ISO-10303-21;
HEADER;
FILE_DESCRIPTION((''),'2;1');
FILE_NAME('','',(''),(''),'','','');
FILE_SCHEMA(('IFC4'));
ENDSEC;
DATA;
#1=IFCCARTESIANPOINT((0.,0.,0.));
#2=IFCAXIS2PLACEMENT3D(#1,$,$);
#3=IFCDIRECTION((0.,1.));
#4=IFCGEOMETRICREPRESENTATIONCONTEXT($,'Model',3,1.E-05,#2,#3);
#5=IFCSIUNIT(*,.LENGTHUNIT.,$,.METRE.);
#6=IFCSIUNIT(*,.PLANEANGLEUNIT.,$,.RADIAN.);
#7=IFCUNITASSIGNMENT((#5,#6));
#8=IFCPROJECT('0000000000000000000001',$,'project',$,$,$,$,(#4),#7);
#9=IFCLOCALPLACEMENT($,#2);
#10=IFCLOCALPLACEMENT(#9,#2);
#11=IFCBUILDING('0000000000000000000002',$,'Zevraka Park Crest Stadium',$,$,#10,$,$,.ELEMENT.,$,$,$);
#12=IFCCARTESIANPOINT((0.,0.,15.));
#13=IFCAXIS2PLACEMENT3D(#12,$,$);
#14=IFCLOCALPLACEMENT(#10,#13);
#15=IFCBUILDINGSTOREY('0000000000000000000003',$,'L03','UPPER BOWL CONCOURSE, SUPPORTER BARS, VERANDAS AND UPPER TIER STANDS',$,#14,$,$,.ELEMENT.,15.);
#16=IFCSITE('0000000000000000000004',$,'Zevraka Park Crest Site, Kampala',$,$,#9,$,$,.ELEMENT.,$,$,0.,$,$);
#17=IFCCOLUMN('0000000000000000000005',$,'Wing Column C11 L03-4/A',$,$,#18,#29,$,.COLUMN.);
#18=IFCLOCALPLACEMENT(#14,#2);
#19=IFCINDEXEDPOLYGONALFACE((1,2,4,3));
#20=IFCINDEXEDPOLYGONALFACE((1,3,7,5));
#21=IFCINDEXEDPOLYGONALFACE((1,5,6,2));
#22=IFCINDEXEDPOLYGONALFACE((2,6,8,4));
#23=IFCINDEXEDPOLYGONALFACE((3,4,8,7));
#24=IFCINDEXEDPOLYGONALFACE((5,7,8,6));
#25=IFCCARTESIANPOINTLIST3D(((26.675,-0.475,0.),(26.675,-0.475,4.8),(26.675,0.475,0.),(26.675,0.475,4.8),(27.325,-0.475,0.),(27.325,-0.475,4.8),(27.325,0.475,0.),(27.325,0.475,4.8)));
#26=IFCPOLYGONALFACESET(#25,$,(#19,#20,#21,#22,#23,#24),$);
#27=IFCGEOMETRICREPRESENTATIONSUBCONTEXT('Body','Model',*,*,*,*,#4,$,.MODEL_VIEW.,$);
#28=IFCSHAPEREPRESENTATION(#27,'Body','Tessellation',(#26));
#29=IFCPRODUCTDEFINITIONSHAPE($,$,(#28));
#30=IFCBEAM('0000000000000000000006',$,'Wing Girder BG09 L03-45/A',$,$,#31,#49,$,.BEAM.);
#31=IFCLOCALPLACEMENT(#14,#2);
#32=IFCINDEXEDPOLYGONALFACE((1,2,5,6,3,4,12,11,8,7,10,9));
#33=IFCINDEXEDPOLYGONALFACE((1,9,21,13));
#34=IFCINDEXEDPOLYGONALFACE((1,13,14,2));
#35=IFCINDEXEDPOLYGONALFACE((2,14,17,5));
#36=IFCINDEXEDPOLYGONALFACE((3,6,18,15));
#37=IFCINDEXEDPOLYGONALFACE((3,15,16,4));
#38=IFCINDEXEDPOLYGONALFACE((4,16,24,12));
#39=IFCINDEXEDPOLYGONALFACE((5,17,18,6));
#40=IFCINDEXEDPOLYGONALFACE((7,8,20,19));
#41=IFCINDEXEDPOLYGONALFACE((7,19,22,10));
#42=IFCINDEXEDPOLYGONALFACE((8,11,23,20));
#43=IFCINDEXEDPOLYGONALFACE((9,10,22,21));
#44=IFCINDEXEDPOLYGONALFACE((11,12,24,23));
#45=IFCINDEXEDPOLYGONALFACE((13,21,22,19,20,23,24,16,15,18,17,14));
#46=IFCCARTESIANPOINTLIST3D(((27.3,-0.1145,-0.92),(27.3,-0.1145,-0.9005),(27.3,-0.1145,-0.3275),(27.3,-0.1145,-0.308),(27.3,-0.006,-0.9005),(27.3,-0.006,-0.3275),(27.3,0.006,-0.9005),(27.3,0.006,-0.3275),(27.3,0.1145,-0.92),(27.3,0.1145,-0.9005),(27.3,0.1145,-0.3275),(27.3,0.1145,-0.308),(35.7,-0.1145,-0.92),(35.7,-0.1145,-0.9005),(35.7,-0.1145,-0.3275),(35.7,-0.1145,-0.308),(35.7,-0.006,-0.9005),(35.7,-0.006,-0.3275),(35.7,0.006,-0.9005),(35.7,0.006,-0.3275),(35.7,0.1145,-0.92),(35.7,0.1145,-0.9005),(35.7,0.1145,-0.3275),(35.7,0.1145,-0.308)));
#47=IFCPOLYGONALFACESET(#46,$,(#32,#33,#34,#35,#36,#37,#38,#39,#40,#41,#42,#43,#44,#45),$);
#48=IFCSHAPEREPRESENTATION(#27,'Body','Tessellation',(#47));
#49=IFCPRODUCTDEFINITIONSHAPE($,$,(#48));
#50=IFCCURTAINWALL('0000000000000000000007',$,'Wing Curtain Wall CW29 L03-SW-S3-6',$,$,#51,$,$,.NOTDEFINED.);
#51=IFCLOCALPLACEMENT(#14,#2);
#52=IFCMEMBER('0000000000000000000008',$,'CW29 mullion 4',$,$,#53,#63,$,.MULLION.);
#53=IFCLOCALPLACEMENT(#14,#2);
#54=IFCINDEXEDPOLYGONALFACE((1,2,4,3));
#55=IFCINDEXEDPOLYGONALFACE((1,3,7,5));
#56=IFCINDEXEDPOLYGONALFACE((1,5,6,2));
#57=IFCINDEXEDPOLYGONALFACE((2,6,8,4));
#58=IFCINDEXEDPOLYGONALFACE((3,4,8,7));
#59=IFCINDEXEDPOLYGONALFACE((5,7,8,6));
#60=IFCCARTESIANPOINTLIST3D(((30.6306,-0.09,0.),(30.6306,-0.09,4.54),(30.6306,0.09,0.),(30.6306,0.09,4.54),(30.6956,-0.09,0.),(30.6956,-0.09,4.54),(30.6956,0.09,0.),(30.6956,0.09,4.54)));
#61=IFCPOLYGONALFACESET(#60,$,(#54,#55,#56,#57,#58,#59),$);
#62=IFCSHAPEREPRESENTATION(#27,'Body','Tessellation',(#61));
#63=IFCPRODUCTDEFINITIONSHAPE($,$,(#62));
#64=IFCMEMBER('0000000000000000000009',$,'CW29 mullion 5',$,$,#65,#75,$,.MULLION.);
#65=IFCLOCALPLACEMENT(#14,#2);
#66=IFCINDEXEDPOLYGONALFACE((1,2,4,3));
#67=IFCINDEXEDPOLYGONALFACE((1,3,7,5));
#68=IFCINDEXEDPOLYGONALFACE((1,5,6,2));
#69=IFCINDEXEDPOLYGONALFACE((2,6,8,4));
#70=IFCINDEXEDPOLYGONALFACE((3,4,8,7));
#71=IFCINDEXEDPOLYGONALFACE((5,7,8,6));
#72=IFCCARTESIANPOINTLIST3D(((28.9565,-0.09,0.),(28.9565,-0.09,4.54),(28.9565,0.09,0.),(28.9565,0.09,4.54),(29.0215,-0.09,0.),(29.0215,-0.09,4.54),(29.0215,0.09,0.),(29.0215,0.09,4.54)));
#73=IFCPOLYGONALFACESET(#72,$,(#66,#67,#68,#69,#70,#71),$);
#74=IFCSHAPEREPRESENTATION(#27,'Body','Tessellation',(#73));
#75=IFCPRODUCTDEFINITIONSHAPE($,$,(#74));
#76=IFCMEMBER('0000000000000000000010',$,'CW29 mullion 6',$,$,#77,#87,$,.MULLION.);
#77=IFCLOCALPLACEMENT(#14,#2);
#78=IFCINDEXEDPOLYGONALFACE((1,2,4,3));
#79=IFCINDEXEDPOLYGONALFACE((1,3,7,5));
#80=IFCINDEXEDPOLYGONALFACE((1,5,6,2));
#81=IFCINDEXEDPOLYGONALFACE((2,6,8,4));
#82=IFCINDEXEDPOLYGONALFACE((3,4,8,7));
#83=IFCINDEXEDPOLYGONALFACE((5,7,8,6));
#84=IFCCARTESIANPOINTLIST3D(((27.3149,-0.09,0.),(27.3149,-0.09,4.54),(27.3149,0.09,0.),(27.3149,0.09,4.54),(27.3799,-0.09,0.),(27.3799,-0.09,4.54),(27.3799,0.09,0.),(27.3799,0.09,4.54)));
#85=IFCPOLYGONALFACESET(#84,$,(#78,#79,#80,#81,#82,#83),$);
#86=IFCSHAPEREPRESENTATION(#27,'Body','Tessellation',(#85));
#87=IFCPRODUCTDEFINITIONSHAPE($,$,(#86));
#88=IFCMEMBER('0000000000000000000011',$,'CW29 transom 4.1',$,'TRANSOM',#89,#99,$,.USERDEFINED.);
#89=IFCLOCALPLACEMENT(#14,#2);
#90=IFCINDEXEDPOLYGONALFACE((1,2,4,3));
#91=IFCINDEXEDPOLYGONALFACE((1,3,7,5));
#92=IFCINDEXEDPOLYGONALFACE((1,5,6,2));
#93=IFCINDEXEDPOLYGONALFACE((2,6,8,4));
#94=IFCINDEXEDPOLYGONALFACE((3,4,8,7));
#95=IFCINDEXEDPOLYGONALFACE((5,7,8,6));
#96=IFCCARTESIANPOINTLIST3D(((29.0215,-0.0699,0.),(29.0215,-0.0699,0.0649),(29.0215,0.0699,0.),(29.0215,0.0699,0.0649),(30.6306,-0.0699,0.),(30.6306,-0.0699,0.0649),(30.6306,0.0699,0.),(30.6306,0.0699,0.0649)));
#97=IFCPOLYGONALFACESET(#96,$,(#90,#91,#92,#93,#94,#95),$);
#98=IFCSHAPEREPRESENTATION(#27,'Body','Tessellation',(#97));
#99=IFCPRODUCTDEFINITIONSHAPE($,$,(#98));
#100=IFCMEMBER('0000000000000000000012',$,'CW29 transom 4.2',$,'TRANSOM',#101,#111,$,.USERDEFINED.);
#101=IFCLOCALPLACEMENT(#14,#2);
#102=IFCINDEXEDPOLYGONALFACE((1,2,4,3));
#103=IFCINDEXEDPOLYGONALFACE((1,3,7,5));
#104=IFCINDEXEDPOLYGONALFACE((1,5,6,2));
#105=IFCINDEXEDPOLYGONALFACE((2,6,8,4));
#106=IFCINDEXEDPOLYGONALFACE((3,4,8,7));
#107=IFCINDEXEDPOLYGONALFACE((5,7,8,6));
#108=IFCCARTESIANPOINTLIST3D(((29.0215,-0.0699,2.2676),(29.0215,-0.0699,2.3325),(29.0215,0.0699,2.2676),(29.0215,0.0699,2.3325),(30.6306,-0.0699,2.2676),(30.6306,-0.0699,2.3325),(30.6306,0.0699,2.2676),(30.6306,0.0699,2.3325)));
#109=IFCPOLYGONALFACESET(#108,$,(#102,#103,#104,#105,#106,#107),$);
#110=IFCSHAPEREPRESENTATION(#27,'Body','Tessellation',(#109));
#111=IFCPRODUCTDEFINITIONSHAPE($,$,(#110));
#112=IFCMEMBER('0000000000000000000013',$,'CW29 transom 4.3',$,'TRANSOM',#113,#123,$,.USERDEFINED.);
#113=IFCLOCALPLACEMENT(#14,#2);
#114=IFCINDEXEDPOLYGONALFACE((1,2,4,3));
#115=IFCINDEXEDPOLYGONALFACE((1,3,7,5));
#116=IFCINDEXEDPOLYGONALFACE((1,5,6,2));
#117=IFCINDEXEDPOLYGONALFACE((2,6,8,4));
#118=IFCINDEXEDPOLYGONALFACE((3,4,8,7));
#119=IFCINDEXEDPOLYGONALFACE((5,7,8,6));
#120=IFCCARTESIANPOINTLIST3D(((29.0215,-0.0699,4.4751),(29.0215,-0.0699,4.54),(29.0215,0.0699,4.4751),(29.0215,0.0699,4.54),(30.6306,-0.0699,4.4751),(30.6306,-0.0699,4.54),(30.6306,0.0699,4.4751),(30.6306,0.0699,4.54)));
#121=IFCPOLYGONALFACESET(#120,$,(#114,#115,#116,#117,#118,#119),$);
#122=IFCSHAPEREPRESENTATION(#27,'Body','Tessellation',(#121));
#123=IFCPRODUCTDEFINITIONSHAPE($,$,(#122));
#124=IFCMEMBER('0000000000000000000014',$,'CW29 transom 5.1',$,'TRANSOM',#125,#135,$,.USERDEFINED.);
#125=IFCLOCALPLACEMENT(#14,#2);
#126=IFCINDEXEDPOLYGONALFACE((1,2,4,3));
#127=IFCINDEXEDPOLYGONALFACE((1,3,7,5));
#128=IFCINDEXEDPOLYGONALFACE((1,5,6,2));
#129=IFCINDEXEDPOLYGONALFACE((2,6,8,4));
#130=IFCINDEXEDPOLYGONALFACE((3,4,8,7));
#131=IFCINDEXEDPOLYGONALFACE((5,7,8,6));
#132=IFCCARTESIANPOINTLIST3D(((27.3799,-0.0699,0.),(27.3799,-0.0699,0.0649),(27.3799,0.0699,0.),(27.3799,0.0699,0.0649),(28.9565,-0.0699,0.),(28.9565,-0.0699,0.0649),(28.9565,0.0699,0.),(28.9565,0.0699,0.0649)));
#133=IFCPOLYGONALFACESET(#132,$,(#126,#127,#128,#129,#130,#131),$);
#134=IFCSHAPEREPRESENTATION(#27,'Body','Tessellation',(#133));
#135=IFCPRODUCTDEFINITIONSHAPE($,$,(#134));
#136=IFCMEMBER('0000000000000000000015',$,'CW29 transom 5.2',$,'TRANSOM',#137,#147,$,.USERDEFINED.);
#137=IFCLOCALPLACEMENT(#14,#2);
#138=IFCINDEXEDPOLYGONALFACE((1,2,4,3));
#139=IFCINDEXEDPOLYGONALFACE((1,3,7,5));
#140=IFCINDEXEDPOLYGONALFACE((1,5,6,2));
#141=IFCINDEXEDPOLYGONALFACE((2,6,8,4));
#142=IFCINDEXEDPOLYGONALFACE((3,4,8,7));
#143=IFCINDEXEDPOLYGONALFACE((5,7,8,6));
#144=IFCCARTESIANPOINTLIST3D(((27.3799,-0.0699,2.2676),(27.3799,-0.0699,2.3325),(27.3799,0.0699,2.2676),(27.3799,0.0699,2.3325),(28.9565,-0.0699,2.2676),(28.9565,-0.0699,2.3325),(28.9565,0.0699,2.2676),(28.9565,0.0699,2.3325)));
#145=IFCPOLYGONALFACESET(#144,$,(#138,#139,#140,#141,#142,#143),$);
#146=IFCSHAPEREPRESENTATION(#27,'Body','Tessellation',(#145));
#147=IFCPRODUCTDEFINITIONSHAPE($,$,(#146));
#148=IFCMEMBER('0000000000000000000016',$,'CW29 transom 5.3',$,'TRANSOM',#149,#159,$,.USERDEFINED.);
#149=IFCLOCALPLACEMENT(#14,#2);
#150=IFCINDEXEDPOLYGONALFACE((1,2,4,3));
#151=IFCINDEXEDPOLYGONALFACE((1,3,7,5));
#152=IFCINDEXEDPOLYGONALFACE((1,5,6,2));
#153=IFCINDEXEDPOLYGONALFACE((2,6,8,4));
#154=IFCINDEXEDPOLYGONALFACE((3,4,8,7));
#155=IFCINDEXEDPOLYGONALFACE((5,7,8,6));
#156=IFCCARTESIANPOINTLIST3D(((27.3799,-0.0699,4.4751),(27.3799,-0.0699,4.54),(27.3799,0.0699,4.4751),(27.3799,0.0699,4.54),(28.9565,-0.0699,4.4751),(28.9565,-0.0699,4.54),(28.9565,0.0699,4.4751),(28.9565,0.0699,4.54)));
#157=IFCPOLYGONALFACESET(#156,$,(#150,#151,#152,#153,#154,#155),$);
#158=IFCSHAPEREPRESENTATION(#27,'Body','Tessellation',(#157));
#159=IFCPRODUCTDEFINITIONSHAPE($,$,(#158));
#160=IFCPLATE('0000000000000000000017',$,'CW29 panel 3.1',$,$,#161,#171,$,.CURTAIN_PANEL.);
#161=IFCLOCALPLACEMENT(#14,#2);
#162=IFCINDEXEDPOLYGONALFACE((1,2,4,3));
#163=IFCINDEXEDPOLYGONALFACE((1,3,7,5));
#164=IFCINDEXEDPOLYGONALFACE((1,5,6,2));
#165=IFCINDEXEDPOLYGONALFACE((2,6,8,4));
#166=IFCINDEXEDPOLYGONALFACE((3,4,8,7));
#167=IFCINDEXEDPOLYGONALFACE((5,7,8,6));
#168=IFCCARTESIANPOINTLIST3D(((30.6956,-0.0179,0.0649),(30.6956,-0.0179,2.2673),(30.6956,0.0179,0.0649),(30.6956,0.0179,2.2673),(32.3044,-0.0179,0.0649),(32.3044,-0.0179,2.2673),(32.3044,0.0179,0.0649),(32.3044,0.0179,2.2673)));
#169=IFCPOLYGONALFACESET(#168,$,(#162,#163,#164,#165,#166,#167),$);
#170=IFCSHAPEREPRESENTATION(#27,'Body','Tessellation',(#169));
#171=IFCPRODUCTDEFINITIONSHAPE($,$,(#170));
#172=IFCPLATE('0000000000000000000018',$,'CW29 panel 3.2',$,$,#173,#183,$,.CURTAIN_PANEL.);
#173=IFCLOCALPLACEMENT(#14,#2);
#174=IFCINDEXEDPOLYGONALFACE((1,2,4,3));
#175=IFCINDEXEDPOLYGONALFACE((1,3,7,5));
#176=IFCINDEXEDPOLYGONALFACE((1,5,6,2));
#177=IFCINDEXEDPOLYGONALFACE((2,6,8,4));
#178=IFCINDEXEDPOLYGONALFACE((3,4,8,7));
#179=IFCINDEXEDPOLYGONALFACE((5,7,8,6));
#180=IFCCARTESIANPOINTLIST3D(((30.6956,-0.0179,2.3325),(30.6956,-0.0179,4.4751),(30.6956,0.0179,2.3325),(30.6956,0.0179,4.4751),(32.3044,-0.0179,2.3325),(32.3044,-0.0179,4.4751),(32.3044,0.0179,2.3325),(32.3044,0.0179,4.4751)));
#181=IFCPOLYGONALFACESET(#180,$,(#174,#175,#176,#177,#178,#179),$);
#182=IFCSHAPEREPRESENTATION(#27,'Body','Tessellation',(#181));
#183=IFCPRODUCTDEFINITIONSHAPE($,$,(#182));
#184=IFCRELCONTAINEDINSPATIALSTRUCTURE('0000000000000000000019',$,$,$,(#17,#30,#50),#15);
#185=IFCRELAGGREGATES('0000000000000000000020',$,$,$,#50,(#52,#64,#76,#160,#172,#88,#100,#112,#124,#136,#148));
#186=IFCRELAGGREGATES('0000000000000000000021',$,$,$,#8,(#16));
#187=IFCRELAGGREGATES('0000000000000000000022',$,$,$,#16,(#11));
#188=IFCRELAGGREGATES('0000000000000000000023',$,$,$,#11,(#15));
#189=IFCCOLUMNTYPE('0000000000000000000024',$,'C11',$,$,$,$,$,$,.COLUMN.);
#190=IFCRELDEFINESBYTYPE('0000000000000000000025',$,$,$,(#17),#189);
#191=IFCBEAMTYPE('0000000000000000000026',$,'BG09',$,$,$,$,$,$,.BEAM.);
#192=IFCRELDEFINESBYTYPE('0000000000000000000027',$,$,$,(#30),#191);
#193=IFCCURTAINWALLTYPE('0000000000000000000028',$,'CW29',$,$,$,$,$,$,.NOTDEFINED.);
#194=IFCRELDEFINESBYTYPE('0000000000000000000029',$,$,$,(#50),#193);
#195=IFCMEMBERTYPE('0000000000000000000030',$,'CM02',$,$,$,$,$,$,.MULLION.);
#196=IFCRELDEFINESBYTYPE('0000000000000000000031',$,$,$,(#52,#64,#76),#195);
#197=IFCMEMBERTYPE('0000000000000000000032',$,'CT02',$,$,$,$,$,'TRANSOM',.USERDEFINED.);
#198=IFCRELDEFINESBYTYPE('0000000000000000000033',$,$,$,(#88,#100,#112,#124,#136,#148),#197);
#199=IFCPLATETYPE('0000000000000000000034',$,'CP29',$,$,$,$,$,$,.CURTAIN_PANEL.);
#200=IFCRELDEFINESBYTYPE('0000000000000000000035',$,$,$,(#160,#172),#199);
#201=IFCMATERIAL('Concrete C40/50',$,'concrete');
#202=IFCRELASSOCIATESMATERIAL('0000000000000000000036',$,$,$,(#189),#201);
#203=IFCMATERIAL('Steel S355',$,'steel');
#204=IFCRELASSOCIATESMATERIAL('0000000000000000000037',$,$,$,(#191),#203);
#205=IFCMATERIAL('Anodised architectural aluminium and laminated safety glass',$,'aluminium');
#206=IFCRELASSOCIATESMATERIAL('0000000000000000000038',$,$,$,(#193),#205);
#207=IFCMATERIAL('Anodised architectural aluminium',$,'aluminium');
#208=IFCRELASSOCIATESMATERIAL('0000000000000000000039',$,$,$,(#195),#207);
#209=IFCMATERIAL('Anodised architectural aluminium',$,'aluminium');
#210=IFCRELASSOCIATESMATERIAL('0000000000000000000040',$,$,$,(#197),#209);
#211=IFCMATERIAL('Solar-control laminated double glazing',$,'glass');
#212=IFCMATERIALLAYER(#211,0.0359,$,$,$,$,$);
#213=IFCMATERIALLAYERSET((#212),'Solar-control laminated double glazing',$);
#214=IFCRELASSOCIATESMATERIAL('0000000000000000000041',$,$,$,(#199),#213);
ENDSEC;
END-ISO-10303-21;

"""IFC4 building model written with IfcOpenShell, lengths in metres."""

from ifc_helpers import new_model, si_unit, direction, frame, origin, origin_2d, place, context, subcontext, project, spatial, rectangle, i_section, extrude, material, layer, layer_set, material_profile, profile_set, type_object, element, aggregate, save


model = new_model("IFC4")

# Units and contexts
model_context = context("Model", 3, precision=1e-05, world=origin(), true_north=direction((0.0, 1.0)))
body_context = subcontext(model_context, "Body", "Model", "MODEL_VIEW")
ifc_project = project(units=[si_unit("LENGTHUNIT", "METRE"), si_unit("PLANEANGLEUNIT", "RADIAN")], contexts=[model_context])

# Site, building, storey
site_placement = place(None, origin())
site = spatial("IfcSite", under=ifc_project, at=site_placement, Name="Zevraka Park Crest Site, Kampala", CompositionType="ELEMENT", RefElevation=0.0)
building_placement = place(site_placement, origin())
building = spatial("IfcBuilding", under=site, at=building_placement, Name="Zevraka Park Crest Stadium", CompositionType="ELEMENT")
storey_placement = place(building_placement, frame((0.0, 0.0, 15.0)))
storey = spatial("IfcBuildingStorey", under=building, at=storey_placement, Name="L03", Description="UPPER BOWL CONCOURSE, SUPPORTER BARS, VERANDAS AND UPPER TIER STANDS", CompositionType="ELEMENT", Elevation=15.0)

# Column
ifc_material_1 = material(Name="Concrete C40/50", Category="concrete")
ifc_material_profile_1 = material_profile(ifc_material_1, rectangle(XDim=0.6499, YDim=0.95, at=origin_2d()), Name="RC 950x650")
ifc_profile_set_1 = profile_set([ifc_material_profile_1], Name="Concrete C40/50")
column_type = type_object("IfcColumnType", Name="C11", PredefinedType="COLUMN", material=ifc_profile_set_1)
column_placement = place(storey_placement, frame((27.0, 0.0, 0.0), z_axis=(0.0, 0.0, 1.0), x_axis=(1.0, 0.0, 0.0)))
element("IfcColumn", 1, at=column_placement, inside=storey, type_object=column_type, Name="Wing Column C11 L03-4/A", PredefinedType="COLUMN", context=body_context, shape_type="SweptSolid", body=[
    extrude(rectangle(XDim=0.6499, YDim=0.95, at=origin_2d()), origin(), (0.0, 0.0, 1.0), 4.8),
])

# Beam
ifc_material_2 = material(Name="Steel S355", Category="steel")
ifc_material_profile_2 = material_profile(ifc_material_2, i_section(OverallWidth=0.229, OverallDepth=0.6121, WebThickness=0.012, FlangeThickness=0.0195, at=origin_2d()), Name="UKB 610x229x125")
ifc_profile_set_2 = profile_set([ifc_material_profile_2], Name="Steel S355")
beam_type = type_object("IfcBeamType", Name="BG09", PredefinedType="BEAM", material=ifc_profile_set_2)
beam_placement = place(storey_placement, frame((27.3, 0.0, -0.614), z_axis=(1.0, 0.0, 0.0), x_axis=(0.0, 1.0, 0.0)))
element("IfcBeam", 2, at=beam_placement, inside=storey, type_object=beam_type, Name="Wing Girder BG09 L03-45/A", PredefinedType="BEAM", context=body_context, shape_type="SweptSolid", body=[
    extrude(i_section(OverallWidth=0.229, OverallDepth=0.6121, WebThickness=0.012, FlangeThickness=0.0195, at=origin_2d()), origin(), (0.0, 0.0, 1.0), 8.3999),
])

# Curtain wall, members, plates
ifc_material_3 = material(Name="Anodised architectural aluminium and laminated safety glass", Category="aluminium")
curtain_wall_type = type_object("IfcCurtainWallType", Name="CW29", PredefinedType="NOTDEFINED", material=ifc_material_3)
curtain_wall_placement = place(storey_placement, origin())
curtain_wall = element("IfcCurtainWall", 3, at=curtain_wall_placement, inside=storey, type_object=curtain_wall_type, Name="Wing Curtain Wall CW29 L03-SW-S3-6", PredefinedType="NOTDEFINED")
ifc_material_4 = material(Name="Anodised architectural aluminium", Category="aluminium")
ifc_material_profile_3 = material_profile(ifc_material_4, rectangle(XDim=0.1799, YDim=0.0649, at=origin_2d()), Name="ALU MULLION 180x65")
ifc_profile_set_3 = profile_set([ifc_material_profile_3], Name="Anodised architectural aluminium")
member_type_1 = type_object("IfcMemberType", Name="CM02", PredefinedType="MULLION", material=ifc_profile_set_3)
member_1_placement = place(storey_placement, frame((30.6631, 0.0, 0.0), z_axis=(0.0, 0.0, 1.0), x_axis=(0.0, -1.0, 0.0)))
member_1 = element("IfcMember", 4, at=member_1_placement, type_object=member_type_1, Name="CW29 mullion 4", PredefinedType="MULLION", context=body_context, shape_type="SweptSolid", body=[
    extrude(rectangle(XDim=0.1799, YDim=0.0649, at=origin_2d()), origin(), (0.0, 0.0, 1.0), 4.54),
])
member_2_placement = place(storey_placement, frame((28.989, 0.0, 0.0), z_axis=(0.0, 0.0, 1.0), x_axis=(0.0, -1.0, 0.0)))
member_2 = element("IfcMember", 5, at=member_2_placement, type_object=member_type_1, Name="CW29 mullion 5", PredefinedType="MULLION", context=body_context, shape_type="SweptSolid", body=[
    extrude(rectangle(XDim=0.1799, YDim=0.0649, at=origin_2d()), origin(), (0.0, 0.0, 1.0), 4.54),
])
member_3_placement = place(storey_placement, frame((27.3474, 0.0, 0.0), z_axis=(0.0, 0.0, 1.0), x_axis=(0.0, -1.0, 0.0)))
member_3 = element("IfcMember", 6, at=member_3_placement, type_object=member_type_1, Name="CW29 mullion 6", PredefinedType="MULLION", context=body_context, shape_type="SweptSolid", body=[
    extrude(rectangle(XDim=0.1799, YDim=0.0649, at=origin_2d()), origin(), (0.0, 0.0, 1.0), 4.54),
])
ifc_material_5 = material(Name="Anodised architectural aluminium", Category="aluminium")
ifc_material_profile_4 = material_profile(ifc_material_5, rectangle(XDim=0.1399, YDim=0.0649, at=origin_2d()), Name="ALU TRANSOM 140x65")
ifc_profile_set_4 = profile_set([ifc_material_profile_4], Name="Anodised architectural aluminium")
member_type_2 = type_object("IfcMemberType", Name="CT02", ElementType="TRANSOM", PredefinedType="USERDEFINED", material=ifc_profile_set_4)
member_4_placement = place(storey_placement, frame((30.6306, 0.0, 0.0325), z_axis=(-1.0, 0.0, 0.0), x_axis=(0.0, -1.0, 0.0)))
member_4 = element("IfcMember", 7, at=member_4_placement, type_object=member_type_2, Name="CW29 transom 4.1", ObjectType="TRANSOM", PredefinedType="USERDEFINED", context=body_context, shape_type="SweptSolid", body=[
    extrude(rectangle(XDim=0.1399, YDim=0.0649, at=origin_2d()), origin(), (0.0, 0.0, 1.0), 1.6091),
])
member_5_placement = place(storey_placement, frame((30.6306, 0.0, 2.3), z_axis=(-1.0, 0.0, 0.0), x_axis=(0.0, -1.0, 0.0)))
member_5 = element("IfcMember", 8, at=member_5_placement, type_object=member_type_2, Name="CW29 transom 4.2", ObjectType="TRANSOM", PredefinedType="USERDEFINED", context=body_context, shape_type="SweptSolid", body=[
    extrude(rectangle(XDim=0.1399, YDim=0.0649, at=origin_2d()), origin(), (0.0, 0.0, 1.0), 1.6091),
])
member_6_placement = place(storey_placement, frame((30.6306, 0.0, 4.5076), z_axis=(-1.0, 0.0, 0.0), x_axis=(0.0, -1.0, 0.0)))
member_6 = element("IfcMember", 9, at=member_6_placement, type_object=member_type_2, Name="CW29 transom 4.3", ObjectType="TRANSOM", PredefinedType="USERDEFINED", context=body_context, shape_type="SweptSolid", body=[
    extrude(rectangle(XDim=0.1399, YDim=0.0649, at=origin_2d()), origin(), (0.0, 0.0, 1.0), 1.6091),
])
member_7_placement = place(storey_placement, frame((28.9565, 0.0, 0.0325), z_axis=(-1.0, 0.0, 0.0), x_axis=(0.0, -1.0, 0.0)))
member_7 = element("IfcMember", 10, at=member_7_placement, type_object=member_type_2, Name="CW29 transom 5.1", ObjectType="TRANSOM", PredefinedType="USERDEFINED", context=body_context, shape_type="SweptSolid", body=[
    extrude(rectangle(XDim=0.1399, YDim=0.0649, at=origin_2d()), origin(), (0.0, 0.0, 1.0), 1.5767),
])
member_8_placement = place(storey_placement, frame((28.9565, 0.0, 2.3), z_axis=(-1.0, 0.0, 0.0), x_axis=(0.0, -1.0, 0.0)))
member_8 = element("IfcMember", 11, at=member_8_placement, type_object=member_type_2, Name="CW29 transom 5.2", ObjectType="TRANSOM", PredefinedType="USERDEFINED", context=body_context, shape_type="SweptSolid", body=[
    extrude(rectangle(XDim=0.1399, YDim=0.0649, at=origin_2d()), origin(), (0.0, 0.0, 1.0), 1.5767),
])
member_9_placement = place(storey_placement, frame((28.9565, 0.0, 4.5076), z_axis=(-1.0, 0.0, 0.0), x_axis=(0.0, -1.0, 0.0)))
member_9 = element("IfcMember", 12, at=member_9_placement, type_object=member_type_2, Name="CW29 transom 5.3", ObjectType="TRANSOM", PredefinedType="USERDEFINED", context=body_context, shape_type="SweptSolid", body=[
    extrude(rectangle(XDim=0.1399, YDim=0.0649, at=origin_2d()), origin(), (0.0, 0.0, 1.0), 1.5767),
])
ifc_material_6 = material(Name="Solar-control laminated double glazing", Category="glass")
ifc_layer_1 = layer(ifc_material_6, 0.0359)
ifc_layer_set_1 = layer_set([ifc_layer_1], Name="Solar-control laminated double glazing")
plate_type = type_object("IfcPlateType", Name="CP29", PredefinedType="CURTAIN_PANEL", material=ifc_layer_set_1)
plate_1_placement = place(storey_placement, frame((31.5, 0.0, 0.0649), z_axis=(0.0, 0.0, 1.0), x_axis=(-1.0, 0.0, 0.0)))
plate_1 = element("IfcPlate", 13, at=plate_1_placement, type_object=plate_type, Name="CW29 panel 3.1", PredefinedType="CURTAIN_PANEL", context=body_context, shape_type="SweptSolid", body=[
    extrude(rectangle(XDim=1.6089, YDim=0.0359, at=origin_2d()), origin(), (0.0, 0.0, 1.0), 2.2024),
])
plate_2_placement = place(storey_placement, frame((31.5, 0.0, 2.3325), z_axis=(0.0, 0.0, 1.0), x_axis=(-1.0, 0.0, 0.0)))
plate_2 = element("IfcPlate", 14, at=plate_2_placement, type_object=plate_type, Name="CW29 panel 3.2", PredefinedType="CURTAIN_PANEL", context=body_context, shape_type="SweptSolid", body=[
    extrude(rectangle(XDim=1.6089, YDim=0.0359, at=origin_2d()), origin(), (0.0, 0.0, 1.0), 2.1426),
])
aggregate(curtain_wall, [member_1, member_2, member_3, plate_1, plate_2, member_4, member_5, member_6, member_7, member_8, member_9])

save(model, "model.ifc")
